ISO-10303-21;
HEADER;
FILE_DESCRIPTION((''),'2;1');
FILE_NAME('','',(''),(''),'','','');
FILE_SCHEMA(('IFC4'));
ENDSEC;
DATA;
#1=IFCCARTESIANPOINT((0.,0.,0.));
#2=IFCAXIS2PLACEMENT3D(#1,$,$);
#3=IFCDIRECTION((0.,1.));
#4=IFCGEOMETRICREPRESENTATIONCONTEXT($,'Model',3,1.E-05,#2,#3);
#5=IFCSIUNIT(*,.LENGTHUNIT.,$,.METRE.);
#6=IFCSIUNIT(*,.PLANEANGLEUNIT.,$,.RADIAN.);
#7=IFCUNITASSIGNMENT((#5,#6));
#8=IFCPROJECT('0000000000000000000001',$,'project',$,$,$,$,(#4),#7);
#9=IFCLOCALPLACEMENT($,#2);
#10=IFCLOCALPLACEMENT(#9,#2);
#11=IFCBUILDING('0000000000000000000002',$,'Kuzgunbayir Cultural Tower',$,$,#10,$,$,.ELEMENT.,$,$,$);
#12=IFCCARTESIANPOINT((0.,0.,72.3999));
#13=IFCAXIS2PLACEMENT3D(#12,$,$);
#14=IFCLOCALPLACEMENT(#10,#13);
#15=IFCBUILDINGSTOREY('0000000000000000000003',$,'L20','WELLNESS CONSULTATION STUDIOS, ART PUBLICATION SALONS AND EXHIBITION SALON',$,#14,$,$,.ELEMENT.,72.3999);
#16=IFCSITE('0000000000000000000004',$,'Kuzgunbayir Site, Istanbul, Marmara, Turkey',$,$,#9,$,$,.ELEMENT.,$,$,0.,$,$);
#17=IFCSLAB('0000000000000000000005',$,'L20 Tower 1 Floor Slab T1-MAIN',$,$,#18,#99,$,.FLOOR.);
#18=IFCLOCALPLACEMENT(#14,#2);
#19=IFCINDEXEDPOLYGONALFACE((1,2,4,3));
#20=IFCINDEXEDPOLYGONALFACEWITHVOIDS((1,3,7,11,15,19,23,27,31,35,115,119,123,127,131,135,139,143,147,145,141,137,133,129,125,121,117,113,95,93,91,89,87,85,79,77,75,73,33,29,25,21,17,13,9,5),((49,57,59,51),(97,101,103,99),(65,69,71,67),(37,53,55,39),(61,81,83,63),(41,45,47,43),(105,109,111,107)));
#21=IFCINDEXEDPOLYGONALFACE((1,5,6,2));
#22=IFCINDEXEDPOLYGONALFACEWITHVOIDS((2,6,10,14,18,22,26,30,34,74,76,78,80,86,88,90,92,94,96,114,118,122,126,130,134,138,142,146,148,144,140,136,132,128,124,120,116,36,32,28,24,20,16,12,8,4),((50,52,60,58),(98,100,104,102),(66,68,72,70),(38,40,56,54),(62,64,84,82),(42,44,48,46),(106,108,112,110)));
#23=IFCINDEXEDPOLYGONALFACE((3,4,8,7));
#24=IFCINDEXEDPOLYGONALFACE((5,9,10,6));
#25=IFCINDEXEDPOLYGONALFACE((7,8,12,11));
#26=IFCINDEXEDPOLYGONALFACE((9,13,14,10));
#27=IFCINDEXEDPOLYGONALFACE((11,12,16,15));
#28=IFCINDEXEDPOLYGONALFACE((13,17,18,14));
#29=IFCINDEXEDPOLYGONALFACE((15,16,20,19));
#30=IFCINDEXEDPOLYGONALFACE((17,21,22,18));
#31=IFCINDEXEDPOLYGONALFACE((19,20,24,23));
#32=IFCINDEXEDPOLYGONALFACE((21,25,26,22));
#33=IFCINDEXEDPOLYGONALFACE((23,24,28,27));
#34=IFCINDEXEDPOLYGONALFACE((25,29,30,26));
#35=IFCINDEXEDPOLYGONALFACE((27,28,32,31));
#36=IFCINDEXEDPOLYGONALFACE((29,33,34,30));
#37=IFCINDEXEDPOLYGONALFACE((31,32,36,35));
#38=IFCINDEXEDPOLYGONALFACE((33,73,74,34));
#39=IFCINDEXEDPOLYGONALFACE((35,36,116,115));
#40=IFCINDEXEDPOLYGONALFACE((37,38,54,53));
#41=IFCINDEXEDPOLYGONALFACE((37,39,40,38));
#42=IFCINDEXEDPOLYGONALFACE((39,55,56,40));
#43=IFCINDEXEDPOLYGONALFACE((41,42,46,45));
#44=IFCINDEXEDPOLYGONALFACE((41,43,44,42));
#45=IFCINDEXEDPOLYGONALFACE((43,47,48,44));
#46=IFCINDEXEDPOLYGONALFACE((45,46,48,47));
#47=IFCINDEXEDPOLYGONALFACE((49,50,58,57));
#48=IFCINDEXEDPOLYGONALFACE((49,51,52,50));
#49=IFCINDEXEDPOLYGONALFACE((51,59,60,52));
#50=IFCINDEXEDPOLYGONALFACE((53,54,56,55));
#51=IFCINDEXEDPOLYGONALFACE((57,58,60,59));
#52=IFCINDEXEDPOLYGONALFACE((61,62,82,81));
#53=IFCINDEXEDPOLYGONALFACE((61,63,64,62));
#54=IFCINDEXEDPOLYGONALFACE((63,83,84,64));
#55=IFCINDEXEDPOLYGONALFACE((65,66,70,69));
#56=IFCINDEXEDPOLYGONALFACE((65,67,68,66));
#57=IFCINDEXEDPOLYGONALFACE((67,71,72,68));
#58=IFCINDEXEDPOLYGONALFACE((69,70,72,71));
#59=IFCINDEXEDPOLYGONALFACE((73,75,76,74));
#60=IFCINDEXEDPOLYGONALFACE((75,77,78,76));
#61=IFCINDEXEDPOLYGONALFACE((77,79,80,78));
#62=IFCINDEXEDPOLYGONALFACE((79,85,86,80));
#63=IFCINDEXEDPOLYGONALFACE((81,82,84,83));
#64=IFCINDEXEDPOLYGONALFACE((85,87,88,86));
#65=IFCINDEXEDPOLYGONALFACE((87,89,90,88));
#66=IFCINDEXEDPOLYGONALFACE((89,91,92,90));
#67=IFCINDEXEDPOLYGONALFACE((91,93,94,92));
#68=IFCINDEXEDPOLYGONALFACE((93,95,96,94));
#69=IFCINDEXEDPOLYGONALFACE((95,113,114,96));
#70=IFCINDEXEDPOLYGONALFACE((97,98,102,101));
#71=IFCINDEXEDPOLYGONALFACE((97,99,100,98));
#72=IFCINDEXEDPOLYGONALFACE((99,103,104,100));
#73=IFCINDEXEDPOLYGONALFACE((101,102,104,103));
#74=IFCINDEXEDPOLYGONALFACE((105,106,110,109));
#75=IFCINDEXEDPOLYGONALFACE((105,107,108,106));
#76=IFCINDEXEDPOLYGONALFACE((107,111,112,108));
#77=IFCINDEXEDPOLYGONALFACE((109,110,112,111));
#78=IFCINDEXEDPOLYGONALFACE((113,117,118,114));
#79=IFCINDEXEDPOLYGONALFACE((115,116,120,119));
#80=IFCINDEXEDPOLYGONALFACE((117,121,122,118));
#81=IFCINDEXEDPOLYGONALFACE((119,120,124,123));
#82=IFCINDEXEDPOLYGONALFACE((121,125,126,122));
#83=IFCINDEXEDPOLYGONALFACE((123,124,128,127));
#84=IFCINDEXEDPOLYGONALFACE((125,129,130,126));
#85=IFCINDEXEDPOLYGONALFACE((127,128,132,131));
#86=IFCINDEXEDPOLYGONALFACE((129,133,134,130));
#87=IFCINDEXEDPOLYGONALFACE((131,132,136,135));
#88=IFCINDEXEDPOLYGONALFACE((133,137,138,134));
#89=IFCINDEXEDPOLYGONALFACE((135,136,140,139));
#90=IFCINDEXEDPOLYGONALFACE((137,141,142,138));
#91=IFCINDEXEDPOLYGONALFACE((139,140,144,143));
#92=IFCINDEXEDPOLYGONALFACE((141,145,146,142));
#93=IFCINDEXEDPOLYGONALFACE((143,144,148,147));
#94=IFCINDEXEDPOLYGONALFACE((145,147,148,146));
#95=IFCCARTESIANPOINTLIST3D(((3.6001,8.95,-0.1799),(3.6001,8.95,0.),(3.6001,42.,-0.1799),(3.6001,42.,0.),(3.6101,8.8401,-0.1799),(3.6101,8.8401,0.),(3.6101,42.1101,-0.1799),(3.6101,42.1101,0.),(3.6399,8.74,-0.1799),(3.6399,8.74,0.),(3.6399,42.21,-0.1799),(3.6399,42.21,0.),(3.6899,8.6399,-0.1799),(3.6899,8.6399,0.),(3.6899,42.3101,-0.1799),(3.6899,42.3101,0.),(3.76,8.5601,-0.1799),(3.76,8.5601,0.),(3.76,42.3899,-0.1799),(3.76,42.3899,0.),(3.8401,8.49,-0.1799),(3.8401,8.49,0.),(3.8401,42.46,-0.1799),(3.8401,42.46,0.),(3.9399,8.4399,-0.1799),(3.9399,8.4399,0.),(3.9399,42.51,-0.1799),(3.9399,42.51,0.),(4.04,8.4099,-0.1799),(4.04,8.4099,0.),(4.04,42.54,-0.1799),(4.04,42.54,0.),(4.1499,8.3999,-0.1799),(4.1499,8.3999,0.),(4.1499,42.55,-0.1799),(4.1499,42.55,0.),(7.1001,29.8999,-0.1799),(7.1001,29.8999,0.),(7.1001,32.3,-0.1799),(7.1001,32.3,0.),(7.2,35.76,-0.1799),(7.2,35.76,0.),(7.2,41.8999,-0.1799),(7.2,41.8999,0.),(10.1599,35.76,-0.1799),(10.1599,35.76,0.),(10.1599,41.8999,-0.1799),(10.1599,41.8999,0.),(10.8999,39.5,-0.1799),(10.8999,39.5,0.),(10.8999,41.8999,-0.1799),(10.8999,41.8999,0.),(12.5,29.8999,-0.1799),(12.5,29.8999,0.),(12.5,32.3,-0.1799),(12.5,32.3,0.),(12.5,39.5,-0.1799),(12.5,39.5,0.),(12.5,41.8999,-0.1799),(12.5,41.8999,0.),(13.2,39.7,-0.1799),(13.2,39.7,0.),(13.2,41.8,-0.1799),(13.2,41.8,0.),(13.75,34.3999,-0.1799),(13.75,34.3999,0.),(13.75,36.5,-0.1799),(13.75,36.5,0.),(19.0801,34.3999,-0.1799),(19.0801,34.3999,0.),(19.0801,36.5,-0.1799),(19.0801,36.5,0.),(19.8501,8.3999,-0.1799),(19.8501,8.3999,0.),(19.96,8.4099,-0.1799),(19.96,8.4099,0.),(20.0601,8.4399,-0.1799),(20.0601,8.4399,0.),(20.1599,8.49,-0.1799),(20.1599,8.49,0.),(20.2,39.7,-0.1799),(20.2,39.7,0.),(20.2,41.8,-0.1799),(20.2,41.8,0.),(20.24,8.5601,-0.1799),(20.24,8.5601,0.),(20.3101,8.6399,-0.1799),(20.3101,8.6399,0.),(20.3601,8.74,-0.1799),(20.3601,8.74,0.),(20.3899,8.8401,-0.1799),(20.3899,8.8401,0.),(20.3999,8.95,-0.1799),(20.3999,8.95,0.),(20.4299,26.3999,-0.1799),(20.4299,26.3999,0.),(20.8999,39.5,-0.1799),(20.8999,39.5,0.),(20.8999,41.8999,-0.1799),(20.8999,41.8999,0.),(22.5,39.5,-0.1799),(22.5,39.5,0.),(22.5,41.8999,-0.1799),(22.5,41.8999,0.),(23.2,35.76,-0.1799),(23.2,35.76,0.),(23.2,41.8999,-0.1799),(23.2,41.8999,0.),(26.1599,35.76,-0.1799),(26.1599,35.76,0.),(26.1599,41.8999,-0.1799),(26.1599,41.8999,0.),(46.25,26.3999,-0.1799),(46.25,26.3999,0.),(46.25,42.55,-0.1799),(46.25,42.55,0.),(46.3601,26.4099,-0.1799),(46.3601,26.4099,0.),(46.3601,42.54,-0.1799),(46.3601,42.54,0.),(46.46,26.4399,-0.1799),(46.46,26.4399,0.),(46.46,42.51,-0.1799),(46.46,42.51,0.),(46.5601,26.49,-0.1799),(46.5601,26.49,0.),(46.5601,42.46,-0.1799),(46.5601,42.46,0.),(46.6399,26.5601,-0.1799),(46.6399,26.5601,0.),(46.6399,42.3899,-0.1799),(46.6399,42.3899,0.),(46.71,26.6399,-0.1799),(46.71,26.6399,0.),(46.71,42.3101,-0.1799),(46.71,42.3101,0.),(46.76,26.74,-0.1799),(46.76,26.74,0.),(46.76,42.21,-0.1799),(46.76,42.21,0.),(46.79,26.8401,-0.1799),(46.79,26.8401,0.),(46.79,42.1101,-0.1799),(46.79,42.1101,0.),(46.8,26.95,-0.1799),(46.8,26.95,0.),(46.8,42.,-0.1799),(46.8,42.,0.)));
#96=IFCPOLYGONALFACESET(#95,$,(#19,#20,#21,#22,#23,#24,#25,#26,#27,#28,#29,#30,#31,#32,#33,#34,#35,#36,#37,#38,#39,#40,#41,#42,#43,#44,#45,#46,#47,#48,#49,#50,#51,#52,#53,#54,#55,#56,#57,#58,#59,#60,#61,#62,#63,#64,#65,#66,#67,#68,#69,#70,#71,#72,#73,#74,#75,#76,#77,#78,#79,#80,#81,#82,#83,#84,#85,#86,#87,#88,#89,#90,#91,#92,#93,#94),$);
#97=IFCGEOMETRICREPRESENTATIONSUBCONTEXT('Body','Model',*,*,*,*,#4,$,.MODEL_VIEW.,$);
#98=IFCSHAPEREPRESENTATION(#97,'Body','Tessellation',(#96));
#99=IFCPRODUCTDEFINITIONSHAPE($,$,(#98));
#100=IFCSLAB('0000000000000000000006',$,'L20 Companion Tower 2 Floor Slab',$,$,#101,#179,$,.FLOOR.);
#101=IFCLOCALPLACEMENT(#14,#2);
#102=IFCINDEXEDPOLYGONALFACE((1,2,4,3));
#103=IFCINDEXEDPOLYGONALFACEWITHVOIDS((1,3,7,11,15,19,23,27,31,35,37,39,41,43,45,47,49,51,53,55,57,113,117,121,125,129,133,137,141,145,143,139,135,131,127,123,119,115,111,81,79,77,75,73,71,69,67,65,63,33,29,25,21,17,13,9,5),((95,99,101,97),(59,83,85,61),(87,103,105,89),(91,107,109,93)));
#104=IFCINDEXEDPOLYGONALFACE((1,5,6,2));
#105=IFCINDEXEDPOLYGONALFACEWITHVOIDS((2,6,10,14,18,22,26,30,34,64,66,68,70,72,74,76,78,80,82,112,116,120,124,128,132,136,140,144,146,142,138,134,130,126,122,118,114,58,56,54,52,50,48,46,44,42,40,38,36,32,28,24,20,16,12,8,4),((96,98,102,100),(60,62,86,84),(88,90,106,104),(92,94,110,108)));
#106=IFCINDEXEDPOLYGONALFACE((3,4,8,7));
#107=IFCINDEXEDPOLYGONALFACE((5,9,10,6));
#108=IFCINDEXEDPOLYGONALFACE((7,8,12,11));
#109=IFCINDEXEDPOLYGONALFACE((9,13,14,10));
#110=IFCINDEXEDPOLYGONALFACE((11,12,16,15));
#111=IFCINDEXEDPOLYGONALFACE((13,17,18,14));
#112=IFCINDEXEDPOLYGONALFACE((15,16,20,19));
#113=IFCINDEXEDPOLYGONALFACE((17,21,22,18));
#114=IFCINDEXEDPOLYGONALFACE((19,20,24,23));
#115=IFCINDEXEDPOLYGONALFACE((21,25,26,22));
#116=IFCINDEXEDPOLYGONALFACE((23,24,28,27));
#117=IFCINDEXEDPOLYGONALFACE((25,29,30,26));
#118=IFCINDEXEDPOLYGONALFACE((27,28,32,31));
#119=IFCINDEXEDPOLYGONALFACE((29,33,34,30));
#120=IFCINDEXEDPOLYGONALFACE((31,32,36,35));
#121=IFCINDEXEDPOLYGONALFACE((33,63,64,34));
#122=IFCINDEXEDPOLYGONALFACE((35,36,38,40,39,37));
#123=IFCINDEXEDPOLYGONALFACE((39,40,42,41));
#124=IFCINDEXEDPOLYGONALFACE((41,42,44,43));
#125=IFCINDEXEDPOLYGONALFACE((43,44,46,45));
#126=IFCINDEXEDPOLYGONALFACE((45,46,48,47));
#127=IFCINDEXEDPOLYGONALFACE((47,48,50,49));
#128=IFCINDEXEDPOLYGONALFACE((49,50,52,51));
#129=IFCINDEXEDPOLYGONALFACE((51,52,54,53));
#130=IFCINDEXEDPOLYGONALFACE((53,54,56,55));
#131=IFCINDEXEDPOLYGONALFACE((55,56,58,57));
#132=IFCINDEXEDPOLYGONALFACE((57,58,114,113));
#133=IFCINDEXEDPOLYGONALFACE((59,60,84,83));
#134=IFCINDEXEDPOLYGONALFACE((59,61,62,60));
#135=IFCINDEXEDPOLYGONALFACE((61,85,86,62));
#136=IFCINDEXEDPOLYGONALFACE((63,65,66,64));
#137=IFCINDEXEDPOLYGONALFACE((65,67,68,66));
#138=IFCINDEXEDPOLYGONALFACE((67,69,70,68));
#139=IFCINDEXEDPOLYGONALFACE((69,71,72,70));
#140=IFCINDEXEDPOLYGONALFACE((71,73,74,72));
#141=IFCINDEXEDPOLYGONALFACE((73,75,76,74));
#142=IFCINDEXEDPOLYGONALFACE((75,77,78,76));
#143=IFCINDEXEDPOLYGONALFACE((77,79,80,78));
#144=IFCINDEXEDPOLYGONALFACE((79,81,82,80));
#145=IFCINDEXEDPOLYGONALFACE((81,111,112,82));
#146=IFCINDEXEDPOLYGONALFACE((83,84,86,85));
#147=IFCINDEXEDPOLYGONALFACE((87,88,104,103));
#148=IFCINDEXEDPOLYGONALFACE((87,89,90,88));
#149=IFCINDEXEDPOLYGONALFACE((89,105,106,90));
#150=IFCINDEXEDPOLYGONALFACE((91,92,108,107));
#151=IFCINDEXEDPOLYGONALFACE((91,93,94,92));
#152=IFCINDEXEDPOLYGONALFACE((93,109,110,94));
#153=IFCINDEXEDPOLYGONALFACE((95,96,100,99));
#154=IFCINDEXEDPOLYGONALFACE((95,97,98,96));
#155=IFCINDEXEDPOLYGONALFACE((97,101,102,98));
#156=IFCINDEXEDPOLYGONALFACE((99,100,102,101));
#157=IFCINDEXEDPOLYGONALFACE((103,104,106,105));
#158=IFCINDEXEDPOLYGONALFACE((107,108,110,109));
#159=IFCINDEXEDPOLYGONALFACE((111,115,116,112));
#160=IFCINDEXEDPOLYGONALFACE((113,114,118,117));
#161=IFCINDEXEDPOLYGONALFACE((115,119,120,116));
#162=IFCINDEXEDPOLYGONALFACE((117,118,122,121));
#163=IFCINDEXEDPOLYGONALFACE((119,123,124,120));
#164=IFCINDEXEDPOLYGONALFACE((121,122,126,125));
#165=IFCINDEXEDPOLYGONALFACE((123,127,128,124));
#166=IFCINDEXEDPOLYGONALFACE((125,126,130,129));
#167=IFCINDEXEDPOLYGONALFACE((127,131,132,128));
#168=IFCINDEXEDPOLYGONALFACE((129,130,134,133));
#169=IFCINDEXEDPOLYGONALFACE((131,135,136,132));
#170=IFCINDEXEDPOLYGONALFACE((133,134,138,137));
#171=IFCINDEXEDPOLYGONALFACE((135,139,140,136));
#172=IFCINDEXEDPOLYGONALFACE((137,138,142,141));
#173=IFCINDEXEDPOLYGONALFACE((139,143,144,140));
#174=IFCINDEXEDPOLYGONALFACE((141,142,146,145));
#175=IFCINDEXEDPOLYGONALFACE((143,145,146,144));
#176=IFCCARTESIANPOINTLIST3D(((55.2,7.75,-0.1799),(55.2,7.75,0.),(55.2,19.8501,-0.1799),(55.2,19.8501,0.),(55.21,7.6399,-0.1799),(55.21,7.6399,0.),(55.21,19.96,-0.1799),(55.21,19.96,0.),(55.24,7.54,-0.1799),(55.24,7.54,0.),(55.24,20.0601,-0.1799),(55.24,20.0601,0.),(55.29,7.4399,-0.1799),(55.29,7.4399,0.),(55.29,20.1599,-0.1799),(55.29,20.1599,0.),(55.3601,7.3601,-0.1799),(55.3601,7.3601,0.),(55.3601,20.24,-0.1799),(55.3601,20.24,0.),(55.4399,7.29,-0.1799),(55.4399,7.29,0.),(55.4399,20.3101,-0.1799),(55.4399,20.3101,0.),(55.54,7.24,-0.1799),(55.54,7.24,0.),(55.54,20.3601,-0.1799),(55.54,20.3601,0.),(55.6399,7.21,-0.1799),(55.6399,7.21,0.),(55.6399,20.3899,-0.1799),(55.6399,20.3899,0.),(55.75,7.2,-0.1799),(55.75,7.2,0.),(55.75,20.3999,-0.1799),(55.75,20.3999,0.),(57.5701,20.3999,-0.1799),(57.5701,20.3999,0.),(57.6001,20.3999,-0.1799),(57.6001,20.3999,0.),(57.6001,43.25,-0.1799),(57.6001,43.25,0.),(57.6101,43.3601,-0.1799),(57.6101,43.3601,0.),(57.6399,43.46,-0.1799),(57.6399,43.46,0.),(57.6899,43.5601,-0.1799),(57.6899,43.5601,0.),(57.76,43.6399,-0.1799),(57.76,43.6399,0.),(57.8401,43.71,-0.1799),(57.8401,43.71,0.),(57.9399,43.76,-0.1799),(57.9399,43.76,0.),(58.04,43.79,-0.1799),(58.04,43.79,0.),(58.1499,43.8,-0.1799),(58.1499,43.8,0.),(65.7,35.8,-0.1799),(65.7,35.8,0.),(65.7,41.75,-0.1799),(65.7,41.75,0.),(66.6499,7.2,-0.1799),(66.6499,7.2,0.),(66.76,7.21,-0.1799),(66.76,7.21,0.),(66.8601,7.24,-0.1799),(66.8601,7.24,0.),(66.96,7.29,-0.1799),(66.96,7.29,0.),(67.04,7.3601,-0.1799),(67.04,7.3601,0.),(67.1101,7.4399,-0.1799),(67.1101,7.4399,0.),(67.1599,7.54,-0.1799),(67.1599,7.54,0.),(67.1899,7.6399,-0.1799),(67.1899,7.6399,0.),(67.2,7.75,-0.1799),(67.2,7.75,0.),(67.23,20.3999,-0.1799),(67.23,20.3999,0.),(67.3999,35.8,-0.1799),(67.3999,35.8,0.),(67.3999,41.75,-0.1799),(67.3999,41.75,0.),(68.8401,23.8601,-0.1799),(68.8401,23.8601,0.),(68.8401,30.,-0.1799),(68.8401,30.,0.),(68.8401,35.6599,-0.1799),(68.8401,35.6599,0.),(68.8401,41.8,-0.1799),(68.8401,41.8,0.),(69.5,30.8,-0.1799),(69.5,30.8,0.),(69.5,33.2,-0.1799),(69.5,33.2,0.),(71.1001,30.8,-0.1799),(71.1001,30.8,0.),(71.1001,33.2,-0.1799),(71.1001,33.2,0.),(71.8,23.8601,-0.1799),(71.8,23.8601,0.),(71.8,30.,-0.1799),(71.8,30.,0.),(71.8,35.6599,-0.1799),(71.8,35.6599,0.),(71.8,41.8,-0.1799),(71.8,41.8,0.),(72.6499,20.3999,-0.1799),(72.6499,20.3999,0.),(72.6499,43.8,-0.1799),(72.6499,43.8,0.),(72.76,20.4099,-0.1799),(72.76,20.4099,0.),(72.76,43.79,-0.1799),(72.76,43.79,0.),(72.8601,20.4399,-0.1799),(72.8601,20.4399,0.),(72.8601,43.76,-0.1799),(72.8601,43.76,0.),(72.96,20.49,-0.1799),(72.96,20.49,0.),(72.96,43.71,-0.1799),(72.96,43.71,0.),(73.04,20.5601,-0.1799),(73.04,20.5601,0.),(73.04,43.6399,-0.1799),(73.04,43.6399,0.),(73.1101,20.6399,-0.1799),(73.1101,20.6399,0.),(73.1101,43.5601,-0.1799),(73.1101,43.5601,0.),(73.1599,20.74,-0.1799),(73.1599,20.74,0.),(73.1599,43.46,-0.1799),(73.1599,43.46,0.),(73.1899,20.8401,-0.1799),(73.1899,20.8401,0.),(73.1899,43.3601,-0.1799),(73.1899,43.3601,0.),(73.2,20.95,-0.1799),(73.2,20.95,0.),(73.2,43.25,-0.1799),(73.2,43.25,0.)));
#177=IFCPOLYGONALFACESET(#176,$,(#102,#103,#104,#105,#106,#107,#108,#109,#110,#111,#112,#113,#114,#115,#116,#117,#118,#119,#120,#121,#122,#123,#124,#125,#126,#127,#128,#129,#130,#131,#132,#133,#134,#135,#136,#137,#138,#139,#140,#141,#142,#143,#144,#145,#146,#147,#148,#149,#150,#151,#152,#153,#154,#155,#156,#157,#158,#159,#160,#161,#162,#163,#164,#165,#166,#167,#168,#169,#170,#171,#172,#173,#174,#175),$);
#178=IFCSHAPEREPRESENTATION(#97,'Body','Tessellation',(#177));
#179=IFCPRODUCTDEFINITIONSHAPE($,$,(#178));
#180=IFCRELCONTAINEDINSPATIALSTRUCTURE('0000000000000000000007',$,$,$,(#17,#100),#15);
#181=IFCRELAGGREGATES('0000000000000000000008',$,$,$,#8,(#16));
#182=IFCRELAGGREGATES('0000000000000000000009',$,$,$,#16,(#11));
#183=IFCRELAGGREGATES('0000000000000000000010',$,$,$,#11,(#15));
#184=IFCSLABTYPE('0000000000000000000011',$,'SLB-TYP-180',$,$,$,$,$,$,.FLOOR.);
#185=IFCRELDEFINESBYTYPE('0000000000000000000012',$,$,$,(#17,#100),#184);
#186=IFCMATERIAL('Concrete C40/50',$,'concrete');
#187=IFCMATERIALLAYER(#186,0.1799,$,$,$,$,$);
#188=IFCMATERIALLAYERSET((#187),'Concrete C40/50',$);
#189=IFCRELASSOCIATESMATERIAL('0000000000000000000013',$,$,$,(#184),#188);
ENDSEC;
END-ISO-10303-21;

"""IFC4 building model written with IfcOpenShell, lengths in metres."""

from ifc_helpers import new_model, si_unit, direction, frame, origin, place, context, subcontext, project, spatial, polyline, outline, extrude, material, layer, layer_set, type_object, element, save


model = new_model("IFC4")

# Units and contexts
model_context = context("Model", 3, precision=1e-05, world=origin(), true_north=direction((0.0, 1.0)))
body_context = subcontext(model_context, "Body", "Model", "MODEL_VIEW")
ifc_project = project(units=[si_unit("LENGTHUNIT", "METRE"), si_unit("PLANEANGLEUNIT", "RADIAN")], contexts=[model_context])

# Site, building, storey
site_placement = place(None, origin())
site = spatial("IfcSite", under=ifc_project, at=site_placement, Name="Kuzgunbayir Site, Istanbul, Marmara, Turkey", CompositionType="ELEMENT", RefElevation=0.0)
building_placement = place(site_placement, origin())
building = spatial("IfcBuilding", under=site, at=building_placement, Name="Kuzgunbayir Cultural Tower", CompositionType="ELEMENT")
storey_placement = place(building_placement, frame((0.0, 0.0, 72.3999)))
storey = spatial("IfcBuildingStorey", under=building, at=storey_placement, Name="L20", Description="WELLNESS CONSULTATION STUDIOS, ART PUBLICATION SALONS AND EXHIBITION SALON", CompositionType="ELEMENT", Elevation=72.3999)

# Shared definitions
ifc_material_1 = material(Name="Concrete C40/50", Category="concrete")

# Slabs
ifc_layer_1 = layer(ifc_material_1, 0.1799)
ifc_layer_set_1 = layer_set([ifc_layer_1], Name="Concrete C40/50")
slab_type_1 = type_object("IfcSlabType", Name="SLB-TYP-180", PredefinedType="FLOOR", material=ifc_layer_set_1)
slab_1_placement = place(storey_placement, frame((0.0, 0.0, -0.1799)))
element("IfcSlab", 1, at=slab_1_placement, inside=storey, type_object=slab_type_1, Name="L20 Tower 1 Floor Slab T1-MAIN", PredefinedType="FLOOR", context=body_context, shape_type="SweptSolid", body=[
    extrude(outline(polyline([(20.3999, 8.95), (20.3899, 8.8401), (20.3601, 8.74), (20.3101, 8.6399), (20.24, 8.5601), (20.1599, 8.49), (20.0601, 8.4399), (19.96, 8.4099), (19.8501, 8.3999), (4.1499, 8.3999), (4.04, 8.4099), (3.9399, 8.4399), (3.8401, 8.49), (3.76, 8.5601), (3.6899, 8.6399), (3.6399, 8.74), (3.6101, 8.8401), (3.6001, 8.95), (3.6001, 42.0), (3.6101, 42.1101), (3.6399, 42.21), (3.6899, 42.3101), (3.76, 42.3899), (3.8401, 42.46), (3.9399, 42.51), (4.04, 42.54), (4.1499, 42.55), (46.25, 42.55), (46.3601, 42.54), (46.46, 42.51), (46.5601, 42.46), (46.6399, 42.3899), (46.71, 42.3101), (46.76, 42.21), (46.79, 42.1101), (46.8, 42.0), (46.8, 26.95), (46.79, 26.8401), (46.76, 26.74), (46.71, 26.6399), (46.6399, 26.5601), (46.5601, 26.49), (46.46, 26.4399), (46.3601, 26.4099), (46.25, 26.3999), (20.4299, 26.3999), (20.3999, 8.95)]), holes=[polyline([(7.2, 35.76), (7.2, 41.8999), (10.1599, 41.8999), (10.1599, 35.76), (7.2, 35.76)]), polyline([(23.2, 35.76), (23.2, 41.8999), (26.1599, 41.8999), (26.1599, 35.76), (23.2, 35.76)]), polyline([(13.2, 39.7), (13.2, 41.8), (20.2, 41.8), (20.2, 39.7), (13.2, 39.7)]), polyline([(13.75, 34.3999), (13.75, 36.5), (19.0801, 36.5), (19.0801, 34.3999), (13.75, 34.3999)]), polyline([(7.1001, 29.8999), (7.1001, 32.3), (12.5, 32.3), (12.5, 29.8999), (7.1001, 29.8999)]), polyline([(10.8999, 39.5), (10.8999, 41.8999), (12.5, 41.8999), (12.5, 39.5), (10.8999, 39.5)]), polyline([(20.8999, 39.5), (20.8999, 41.8999), (22.5, 41.8999), (22.5, 39.5), (20.8999, 39.5)])]), origin(), (0.0, 0.0, 1.0), 0.1799),
])
slab_2_placement = place(storey_placement, frame((0.0, 0.0, -0.1799)))
element("IfcSlab", 2, at=slab_2_placement, inside=storey, type_object=slab_type_1, Name="L20 Companion Tower 2 Floor Slab", PredefinedType="FLOOR", context=body_context, shape_type="SweptSolid", body=[
    extrude(outline(polyline([(57.6001, 20.3999), (57.6001, 43.25), (57.6101, 43.3601), (57.6399, 43.46), (57.6899, 43.5601), (57.76, 43.6399), (57.8401, 43.71), (57.9399, 43.76), (58.04, 43.79), (58.1499, 43.8), (72.6499, 43.8), (72.76, 43.79), (72.8601, 43.76), (72.96, 43.71), (73.04, 43.6399), (73.1101, 43.5601), (73.1599, 43.46), (73.1899, 43.3601), (73.2, 43.25), (73.2, 20.95), (73.1899, 20.8401), (73.1599, 20.74), (73.1101, 20.6399), (73.04, 20.5601), (72.96, 20.49), (72.8601, 20.4399), (72.76, 20.4099), (72.6499, 20.3999), (67.23, 20.3999), (67.2, 7.75), (67.1899, 7.6399), (67.1599, 7.54), (67.1101, 7.4399), (67.04, 7.3601), (66.96, 7.29), (66.8601, 7.24), (66.76, 7.21), (66.6499, 7.2), (55.75, 7.2), (55.6399, 7.21), (55.54, 7.24), (55.4399, 7.29), (55.3601, 7.3601), (55.29, 7.4399), (55.24, 7.54), (55.21, 7.6399), (55.2, 7.75), (55.2, 19.8501), (55.21, 19.96), (55.24, 20.0601), (55.29, 20.1599), (55.3601, 20.24), (55.4399, 20.3101), (55.54, 20.3601), (55.6399, 20.3899), (55.75, 20.3999), (57.5701, 20.3999), (57.6001, 20.3999)]), holes=[polyline([(68.8401, 23.8601), (68.8401, 30.0), (71.8, 30.0), (71.8, 23.8601), (68.8401, 23.8601)]), polyline([(68.8401, 35.6599), (68.8401, 41.8), (71.8, 41.8), (71.8, 35.6599), (68.8401, 35.6599)]), polyline([(65.7, 35.8), (65.7, 41.75), (67.3999, 41.75), (67.3999, 35.8), (65.7, 35.8)]), polyline([(69.5, 30.8), (69.5, 33.2), (71.1001, 33.2), (71.1001, 30.8), (69.5, 30.8)])]), origin(), (0.0, 0.0, 1.0), 0.1799),
])

save(model, "model.ifc")
